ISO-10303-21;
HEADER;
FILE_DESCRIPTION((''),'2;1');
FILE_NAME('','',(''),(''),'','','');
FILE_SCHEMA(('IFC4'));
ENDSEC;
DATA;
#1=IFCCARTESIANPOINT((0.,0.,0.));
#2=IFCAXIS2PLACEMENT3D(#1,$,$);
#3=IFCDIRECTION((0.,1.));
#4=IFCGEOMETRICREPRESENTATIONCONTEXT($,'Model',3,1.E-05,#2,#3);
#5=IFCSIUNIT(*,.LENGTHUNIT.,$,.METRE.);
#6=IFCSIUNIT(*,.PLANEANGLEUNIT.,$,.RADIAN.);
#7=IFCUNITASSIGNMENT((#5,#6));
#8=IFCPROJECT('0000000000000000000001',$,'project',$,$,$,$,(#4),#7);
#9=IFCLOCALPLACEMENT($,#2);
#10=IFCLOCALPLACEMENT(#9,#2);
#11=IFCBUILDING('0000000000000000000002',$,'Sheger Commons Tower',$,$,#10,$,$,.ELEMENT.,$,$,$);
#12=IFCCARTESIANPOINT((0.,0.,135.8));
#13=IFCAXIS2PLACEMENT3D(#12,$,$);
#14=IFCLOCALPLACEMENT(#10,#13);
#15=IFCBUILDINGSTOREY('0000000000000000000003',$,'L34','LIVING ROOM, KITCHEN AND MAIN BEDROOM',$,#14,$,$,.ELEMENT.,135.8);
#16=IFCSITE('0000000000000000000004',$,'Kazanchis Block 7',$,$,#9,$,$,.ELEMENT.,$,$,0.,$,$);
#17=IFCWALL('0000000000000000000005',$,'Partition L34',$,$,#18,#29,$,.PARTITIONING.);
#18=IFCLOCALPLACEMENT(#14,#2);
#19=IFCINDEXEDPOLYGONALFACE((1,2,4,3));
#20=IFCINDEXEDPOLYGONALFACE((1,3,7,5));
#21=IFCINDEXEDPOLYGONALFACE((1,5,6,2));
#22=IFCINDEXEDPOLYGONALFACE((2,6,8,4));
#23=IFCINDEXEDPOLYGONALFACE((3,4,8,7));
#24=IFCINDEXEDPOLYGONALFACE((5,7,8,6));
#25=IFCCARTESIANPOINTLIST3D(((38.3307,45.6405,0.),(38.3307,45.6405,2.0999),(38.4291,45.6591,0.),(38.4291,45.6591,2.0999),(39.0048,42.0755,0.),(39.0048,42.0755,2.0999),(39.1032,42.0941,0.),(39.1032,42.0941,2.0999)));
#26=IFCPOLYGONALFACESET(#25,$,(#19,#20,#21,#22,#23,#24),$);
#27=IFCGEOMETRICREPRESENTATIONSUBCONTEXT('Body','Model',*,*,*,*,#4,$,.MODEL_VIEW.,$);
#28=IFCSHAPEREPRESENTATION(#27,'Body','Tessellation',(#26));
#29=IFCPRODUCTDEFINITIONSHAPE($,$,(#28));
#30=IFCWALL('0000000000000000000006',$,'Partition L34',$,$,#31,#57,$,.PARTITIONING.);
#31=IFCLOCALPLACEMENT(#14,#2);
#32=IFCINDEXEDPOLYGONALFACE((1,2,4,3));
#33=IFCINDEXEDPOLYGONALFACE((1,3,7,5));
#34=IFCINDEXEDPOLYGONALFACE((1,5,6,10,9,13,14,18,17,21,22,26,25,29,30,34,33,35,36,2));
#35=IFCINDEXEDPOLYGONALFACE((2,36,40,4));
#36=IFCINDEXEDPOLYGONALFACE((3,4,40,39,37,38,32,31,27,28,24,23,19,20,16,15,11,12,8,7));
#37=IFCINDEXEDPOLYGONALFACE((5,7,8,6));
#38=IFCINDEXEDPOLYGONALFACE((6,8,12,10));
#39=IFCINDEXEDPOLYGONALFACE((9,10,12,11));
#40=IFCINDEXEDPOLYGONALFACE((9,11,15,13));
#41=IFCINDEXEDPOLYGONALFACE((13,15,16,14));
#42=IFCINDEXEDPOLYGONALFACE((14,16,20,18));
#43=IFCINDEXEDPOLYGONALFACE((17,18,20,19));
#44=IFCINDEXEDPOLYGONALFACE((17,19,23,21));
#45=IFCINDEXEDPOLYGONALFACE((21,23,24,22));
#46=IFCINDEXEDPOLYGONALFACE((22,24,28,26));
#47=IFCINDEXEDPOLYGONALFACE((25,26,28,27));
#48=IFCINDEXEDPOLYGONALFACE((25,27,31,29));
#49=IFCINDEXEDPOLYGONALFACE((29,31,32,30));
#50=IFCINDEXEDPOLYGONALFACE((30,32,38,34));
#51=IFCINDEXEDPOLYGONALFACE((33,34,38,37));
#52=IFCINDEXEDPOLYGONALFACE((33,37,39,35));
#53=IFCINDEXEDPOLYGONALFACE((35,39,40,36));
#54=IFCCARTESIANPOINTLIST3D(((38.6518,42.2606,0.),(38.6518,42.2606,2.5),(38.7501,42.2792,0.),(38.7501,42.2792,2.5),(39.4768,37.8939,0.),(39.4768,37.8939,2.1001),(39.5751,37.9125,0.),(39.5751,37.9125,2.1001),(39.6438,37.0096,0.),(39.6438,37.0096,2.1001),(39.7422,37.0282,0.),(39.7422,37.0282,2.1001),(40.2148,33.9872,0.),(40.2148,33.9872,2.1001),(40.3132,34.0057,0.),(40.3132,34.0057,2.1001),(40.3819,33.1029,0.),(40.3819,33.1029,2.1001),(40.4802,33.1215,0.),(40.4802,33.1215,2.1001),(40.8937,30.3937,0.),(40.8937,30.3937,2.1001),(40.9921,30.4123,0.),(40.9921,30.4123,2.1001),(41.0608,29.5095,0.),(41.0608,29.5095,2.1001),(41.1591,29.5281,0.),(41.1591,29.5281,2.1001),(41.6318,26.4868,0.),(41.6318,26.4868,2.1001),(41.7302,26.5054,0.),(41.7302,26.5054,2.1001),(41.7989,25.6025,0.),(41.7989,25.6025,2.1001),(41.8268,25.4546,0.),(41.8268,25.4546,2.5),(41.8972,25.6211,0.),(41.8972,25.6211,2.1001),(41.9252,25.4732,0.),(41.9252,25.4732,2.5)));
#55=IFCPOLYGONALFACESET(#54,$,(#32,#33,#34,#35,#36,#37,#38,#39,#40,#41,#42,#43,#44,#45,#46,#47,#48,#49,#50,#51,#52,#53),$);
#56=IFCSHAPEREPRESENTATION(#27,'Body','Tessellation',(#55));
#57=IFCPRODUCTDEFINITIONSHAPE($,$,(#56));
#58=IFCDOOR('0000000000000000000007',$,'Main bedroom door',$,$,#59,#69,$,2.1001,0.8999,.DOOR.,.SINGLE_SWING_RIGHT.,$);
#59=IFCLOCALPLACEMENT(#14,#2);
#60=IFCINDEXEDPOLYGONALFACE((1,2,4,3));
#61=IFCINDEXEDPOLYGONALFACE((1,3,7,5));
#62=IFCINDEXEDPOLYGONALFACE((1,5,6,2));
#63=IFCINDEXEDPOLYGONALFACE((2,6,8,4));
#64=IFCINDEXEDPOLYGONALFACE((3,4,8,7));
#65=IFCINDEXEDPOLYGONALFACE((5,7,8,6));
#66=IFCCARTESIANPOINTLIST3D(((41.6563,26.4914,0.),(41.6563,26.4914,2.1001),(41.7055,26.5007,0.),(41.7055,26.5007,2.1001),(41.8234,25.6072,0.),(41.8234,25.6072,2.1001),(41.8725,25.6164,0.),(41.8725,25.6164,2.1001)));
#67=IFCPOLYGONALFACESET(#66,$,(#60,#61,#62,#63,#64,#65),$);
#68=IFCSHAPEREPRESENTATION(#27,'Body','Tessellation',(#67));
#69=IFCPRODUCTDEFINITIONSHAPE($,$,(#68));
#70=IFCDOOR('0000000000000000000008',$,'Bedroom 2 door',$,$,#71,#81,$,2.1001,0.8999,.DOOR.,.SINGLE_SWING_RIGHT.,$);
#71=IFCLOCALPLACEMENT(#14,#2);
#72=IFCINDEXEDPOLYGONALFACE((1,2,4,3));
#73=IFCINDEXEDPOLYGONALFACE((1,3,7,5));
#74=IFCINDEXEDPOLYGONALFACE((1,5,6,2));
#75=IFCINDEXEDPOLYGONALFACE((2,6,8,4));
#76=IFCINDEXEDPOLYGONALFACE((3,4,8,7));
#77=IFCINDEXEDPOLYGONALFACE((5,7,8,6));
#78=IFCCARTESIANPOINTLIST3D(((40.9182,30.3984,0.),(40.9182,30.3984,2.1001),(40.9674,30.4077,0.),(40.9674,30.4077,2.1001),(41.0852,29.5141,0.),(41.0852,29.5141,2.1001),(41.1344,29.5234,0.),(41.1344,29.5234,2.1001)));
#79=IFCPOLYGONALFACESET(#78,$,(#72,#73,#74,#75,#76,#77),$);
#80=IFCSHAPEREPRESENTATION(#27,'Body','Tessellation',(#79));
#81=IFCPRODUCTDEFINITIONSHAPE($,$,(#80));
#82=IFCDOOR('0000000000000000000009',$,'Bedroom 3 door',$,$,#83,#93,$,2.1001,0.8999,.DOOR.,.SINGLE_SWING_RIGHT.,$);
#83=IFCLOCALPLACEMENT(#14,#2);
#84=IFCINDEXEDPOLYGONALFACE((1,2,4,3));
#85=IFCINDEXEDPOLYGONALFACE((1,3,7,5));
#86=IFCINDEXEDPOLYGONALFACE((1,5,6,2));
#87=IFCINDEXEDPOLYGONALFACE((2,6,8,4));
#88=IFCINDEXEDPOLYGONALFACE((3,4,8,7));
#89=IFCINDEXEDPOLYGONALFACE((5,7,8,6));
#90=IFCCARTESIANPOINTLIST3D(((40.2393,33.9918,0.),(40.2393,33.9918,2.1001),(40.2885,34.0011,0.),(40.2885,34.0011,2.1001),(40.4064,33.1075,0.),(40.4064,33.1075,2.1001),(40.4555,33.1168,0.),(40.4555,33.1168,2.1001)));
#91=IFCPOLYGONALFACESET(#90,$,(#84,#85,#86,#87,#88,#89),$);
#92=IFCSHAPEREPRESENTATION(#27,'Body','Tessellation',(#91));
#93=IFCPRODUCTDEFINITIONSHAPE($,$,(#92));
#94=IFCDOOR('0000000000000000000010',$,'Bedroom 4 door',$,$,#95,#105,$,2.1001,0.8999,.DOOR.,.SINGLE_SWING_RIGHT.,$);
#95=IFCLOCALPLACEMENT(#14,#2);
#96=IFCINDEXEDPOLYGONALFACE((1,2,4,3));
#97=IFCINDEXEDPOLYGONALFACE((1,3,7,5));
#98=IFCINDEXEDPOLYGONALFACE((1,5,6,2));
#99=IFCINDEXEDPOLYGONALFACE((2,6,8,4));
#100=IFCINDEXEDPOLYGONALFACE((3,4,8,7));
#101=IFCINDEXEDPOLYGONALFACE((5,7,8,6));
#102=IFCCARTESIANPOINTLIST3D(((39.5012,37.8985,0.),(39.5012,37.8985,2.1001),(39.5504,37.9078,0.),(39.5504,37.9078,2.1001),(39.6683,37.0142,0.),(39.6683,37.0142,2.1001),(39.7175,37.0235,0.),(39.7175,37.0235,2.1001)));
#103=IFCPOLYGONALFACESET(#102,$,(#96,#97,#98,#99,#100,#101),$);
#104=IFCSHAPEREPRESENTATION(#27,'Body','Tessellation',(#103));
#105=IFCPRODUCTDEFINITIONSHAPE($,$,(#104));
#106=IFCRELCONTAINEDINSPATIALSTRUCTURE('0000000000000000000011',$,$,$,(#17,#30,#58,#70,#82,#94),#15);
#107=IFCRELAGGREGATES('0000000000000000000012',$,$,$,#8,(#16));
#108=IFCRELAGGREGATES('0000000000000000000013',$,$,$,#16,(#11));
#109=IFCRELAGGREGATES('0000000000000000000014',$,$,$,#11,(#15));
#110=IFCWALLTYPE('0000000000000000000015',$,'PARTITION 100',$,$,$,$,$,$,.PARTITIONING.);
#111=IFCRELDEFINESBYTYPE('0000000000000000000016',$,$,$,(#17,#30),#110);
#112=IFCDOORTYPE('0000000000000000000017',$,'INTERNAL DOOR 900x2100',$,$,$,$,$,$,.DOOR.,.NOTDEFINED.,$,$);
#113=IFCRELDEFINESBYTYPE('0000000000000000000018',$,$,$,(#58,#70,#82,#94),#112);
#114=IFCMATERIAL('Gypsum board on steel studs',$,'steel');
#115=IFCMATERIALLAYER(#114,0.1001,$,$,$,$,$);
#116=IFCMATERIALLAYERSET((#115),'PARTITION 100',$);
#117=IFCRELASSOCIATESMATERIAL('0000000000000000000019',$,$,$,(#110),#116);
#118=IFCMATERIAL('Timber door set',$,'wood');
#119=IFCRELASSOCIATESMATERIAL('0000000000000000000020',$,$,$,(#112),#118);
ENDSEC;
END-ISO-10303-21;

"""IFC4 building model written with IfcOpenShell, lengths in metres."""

from ifc_helpers import new_model, si_unit, direction, frame, frame_2d, origin, place, context, subcontext, project, spatial, rectangle, extrude, material, layer, layer_set, type_object, element, fill, save


model = new_model("IFC4")

# Units and contexts
model_context = context("Model", 3, precision=1e-05, world=origin(), true_north=direction((0.0, 1.0)))
body_context = subcontext(model_context, "Body", "Model", "MODEL_VIEW")
ifc_project = project(units=[si_unit("LENGTHUNIT", "METRE"), si_unit("PLANEANGLEUNIT", "RADIAN")], contexts=[model_context])

# Site, building, storey
site_placement = place(None, origin())
site = spatial("IfcSite", under=ifc_project, at=site_placement, Name="Kazanchis Block 7", CompositionType="ELEMENT", RefElevation=0.0)
building_placement = place(site_placement, origin())
building = spatial("IfcBuilding", under=site, at=building_placement, Name="Sheger Commons Tower", CompositionType="ELEMENT")
storey_placement = place(building_placement, frame((0.0, 0.0, 135.8)))
storey = spatial("IfcBuildingStorey", under=building, at=storey_placement, Name="L34", Description="LIVING ROOM, KITCHEN AND MAIN BEDROOM", CompositionType="ELEMENT", Elevation=135.8)

# Wall
ifc_material_1 = material(Name="Gypsum board on steel studs", Category="steel")
ifc_layer = layer(ifc_material_1, 0.1001)
ifc_layer_set = layer_set([ifc_layer], Name="PARTITION 100")
wall_type = type_object("IfcWallType", Name="PARTITION 100", PredefinedType="PARTITIONING", material=ifc_layer_set)
wall_1_placement = place(storey_placement, frame((39.054, 42.085, 0.0), z_axis=(0.0, 0.0, 1.0), x_axis=(-0.185792, 0.982589, 0.0)))
element("IfcWall", 1, at=wall_1_placement, inside=storey, type_object=wall_type, Name="Partition L34", PredefinedType="PARTITIONING", context=body_context, shape_type="SweptSolid", body=[
    extrude(rectangle(XDim=3.6282, YDim=0.1001, at=frame_2d((1.814, 0.0))), origin(), (0.0, 0.0, 1.0), 2.0999),
])

# Wall, openings, doors
wall_2_placement = place(storey_placement, frame((38.7009, 42.27, 0.0), z_axis=(0.0, 0.0, 1.0), x_axis=(0.185641, -0.982618, 0.0)))
wall_2 = element("IfcWall", 2, at=wall_2_placement, inside=storey, type_object=wall_type, Name="Partition L34", PredefinedType="PARTITIONING", context=body_context, shape_type="SweptSolid", body=[
    extrude(rectangle(XDim=17.1033, YDim=0.1001, at=frame_2d((8.5518, 0.0))), origin(), (0.0, 0.0, 1.0), 2.5),
])
opening_1_placement = place(wall_2_placement, frame((16.053, 0.0, 0.0)))
opening_1 = element("IfcOpeningElement", 3, at=opening_1_placement, cuts=wall_2, PredefinedType="OPENING", context=body_context, shape_type="SweptSolid", body=[
    extrude(rectangle(XDim=0.8999, YDim=2.1001, at=frame_2d((0.45, 1.05))), frame((0.0, 0.0601, 0.0), z_axis=(0.0, -1.0, 0.0), x_axis=(1.0, 0.0, 0.0)), (0.0, 0.0, 1.0), 0.1201),
])
opening_2_placement = place(wall_2_placement, frame((12.0769, 0.0, 0.0)))
opening_2 = element("IfcOpeningElement", 4, at=opening_2_placement, cuts=wall_2, PredefinedType="OPENING", context=body_context, shape_type="SweptSolid", body=[
    extrude(rectangle(XDim=0.8999, YDim=2.1001, at=frame_2d((0.45, 1.05))), frame((0.0, 0.0601, 0.0), z_axis=(0.0, -1.0, 0.0), x_axis=(1.0, 0.0, 0.0)), (0.0, 0.0, 1.0), 0.1201),
])
opening_3_placement = place(wall_2_placement, frame((8.4199, 0.0, 0.0)))
opening_3 = element("IfcOpeningElement", 5, at=opening_3_placement, cuts=wall_2, PredefinedType="OPENING", context=body_context, shape_type="SweptSolid", body=[
    extrude(rectangle(XDim=0.8999, YDim=2.1001, at=frame_2d((0.45, 1.05))), frame((0.0, 0.0601, 0.0), z_axis=(0.0, -1.0, 0.0), x_axis=(1.0, 0.0, 0.0)), (0.0, 0.0, 1.0), 0.1201),
])
opening_4_placement = place(wall_2_placement, frame((4.4441, 0.0, 0.0)))
opening_4 = element("IfcOpeningElement", 6, at=opening_4_placement, cuts=wall_2, PredefinedType="OPENING", context=body_context, shape_type="SweptSolid", body=[
    extrude(rectangle(XDim=0.8999, YDim=2.1001, at=frame_2d((0.45, 1.05))), frame((0.0, 0.0601, 0.0), z_axis=(0.0, -1.0, 0.0), x_axis=(1.0, 0.0, 0.0)), (0.0, 0.0, 1.0), 0.1201),
])
ifc_material_2 = material(Name="Timber door set", Category="wood")
door_type = type_object("IfcDoorType", Name="INTERNAL DOOR 900x2100", OperationType="NOTDEFINED", PredefinedType="DOOR", material=ifc_material_2)
door_1_placement = place(opening_1_placement, origin())
door_1 = element("IfcDoor", 7, at=door_1_placement, inside=storey, type_object=door_type, Name="Main bedroom door", OperationType="SINGLE_SWING_RIGHT", OverallHeight=2.1001, OverallWidth=0.8999, PredefinedType="DOOR", context=body_context, shape_type="SweptSolid", body=[
    extrude(rectangle(XDim=0.8999, YDim=2.1001, at=frame_2d((0.45, 1.05))), frame((0.0, 0.0249, 0.0), z_axis=(0.0, -1.0, 0.0), x_axis=(1.0, 0.0, 0.0)), (0.0, 0.0, 1.0), 0.05),
])
fill(opening_1, door_1)
door_2_placement = place(opening_2_placement, origin())
door_2 = element("IfcDoor", 8, at=door_2_placement, inside=storey, type_object=door_type, Name="Bedroom 2 door", OperationType="SINGLE_SWING_RIGHT", OverallHeight=2.1001, OverallWidth=0.8999, PredefinedType="DOOR", context=body_context, shape_type="SweptSolid", body=[
    extrude(rectangle(XDim=0.8999, YDim=2.1001, at=frame_2d((0.45, 1.05))), frame((0.0, 0.0249, 0.0), z_axis=(0.0, -1.0, 0.0), x_axis=(1.0, 0.0, 0.0)), (0.0, 0.0, 1.0), 0.05),
])
fill(opening_2, door_2)
door_3_placement = place(opening_3_placement, origin())
door_3 = element("IfcDoor", 9, at=door_3_placement, inside=storey, type_object=door_type, Name="Bedroom 3 door", OperationType="SINGLE_SWING_RIGHT", OverallHeight=2.1001, OverallWidth=0.8999, PredefinedType="DOOR", context=body_context, shape_type="SweptSolid", body=[
    extrude(rectangle(XDim=0.8999, YDim=2.1001, at=frame_2d((0.45, 1.05))), frame((0.0, 0.0249, 0.0), z_axis=(0.0, -1.0, 0.0), x_axis=(1.0, 0.0, 0.0)), (0.0, 0.0, 1.0), 0.05),
])
fill(opening_3, door_3)
door_4_placement = place(opening_4_placement, origin())
door_4 = element("IfcDoor", 10, at=door_4_placement, inside=storey, type_object=door_type, Name="Bedroom 4 door", OperationType="SINGLE_SWING_RIGHT", OverallHeight=2.1001, OverallWidth=0.8999, PredefinedType="DOOR", context=body_context, shape_type="SweptSolid", body=[
    extrude(rectangle(XDim=0.8999, YDim=2.1001, at=frame_2d((0.45, 1.05))), frame((0.0, 0.0249, 0.0), z_axis=(0.0, -1.0, 0.0), x_axis=(1.0, 0.0, 0.0)), (0.0, 0.0, 1.0), 0.05),
])
fill(opening_4, door_4)

save(model, "model.ifc")
